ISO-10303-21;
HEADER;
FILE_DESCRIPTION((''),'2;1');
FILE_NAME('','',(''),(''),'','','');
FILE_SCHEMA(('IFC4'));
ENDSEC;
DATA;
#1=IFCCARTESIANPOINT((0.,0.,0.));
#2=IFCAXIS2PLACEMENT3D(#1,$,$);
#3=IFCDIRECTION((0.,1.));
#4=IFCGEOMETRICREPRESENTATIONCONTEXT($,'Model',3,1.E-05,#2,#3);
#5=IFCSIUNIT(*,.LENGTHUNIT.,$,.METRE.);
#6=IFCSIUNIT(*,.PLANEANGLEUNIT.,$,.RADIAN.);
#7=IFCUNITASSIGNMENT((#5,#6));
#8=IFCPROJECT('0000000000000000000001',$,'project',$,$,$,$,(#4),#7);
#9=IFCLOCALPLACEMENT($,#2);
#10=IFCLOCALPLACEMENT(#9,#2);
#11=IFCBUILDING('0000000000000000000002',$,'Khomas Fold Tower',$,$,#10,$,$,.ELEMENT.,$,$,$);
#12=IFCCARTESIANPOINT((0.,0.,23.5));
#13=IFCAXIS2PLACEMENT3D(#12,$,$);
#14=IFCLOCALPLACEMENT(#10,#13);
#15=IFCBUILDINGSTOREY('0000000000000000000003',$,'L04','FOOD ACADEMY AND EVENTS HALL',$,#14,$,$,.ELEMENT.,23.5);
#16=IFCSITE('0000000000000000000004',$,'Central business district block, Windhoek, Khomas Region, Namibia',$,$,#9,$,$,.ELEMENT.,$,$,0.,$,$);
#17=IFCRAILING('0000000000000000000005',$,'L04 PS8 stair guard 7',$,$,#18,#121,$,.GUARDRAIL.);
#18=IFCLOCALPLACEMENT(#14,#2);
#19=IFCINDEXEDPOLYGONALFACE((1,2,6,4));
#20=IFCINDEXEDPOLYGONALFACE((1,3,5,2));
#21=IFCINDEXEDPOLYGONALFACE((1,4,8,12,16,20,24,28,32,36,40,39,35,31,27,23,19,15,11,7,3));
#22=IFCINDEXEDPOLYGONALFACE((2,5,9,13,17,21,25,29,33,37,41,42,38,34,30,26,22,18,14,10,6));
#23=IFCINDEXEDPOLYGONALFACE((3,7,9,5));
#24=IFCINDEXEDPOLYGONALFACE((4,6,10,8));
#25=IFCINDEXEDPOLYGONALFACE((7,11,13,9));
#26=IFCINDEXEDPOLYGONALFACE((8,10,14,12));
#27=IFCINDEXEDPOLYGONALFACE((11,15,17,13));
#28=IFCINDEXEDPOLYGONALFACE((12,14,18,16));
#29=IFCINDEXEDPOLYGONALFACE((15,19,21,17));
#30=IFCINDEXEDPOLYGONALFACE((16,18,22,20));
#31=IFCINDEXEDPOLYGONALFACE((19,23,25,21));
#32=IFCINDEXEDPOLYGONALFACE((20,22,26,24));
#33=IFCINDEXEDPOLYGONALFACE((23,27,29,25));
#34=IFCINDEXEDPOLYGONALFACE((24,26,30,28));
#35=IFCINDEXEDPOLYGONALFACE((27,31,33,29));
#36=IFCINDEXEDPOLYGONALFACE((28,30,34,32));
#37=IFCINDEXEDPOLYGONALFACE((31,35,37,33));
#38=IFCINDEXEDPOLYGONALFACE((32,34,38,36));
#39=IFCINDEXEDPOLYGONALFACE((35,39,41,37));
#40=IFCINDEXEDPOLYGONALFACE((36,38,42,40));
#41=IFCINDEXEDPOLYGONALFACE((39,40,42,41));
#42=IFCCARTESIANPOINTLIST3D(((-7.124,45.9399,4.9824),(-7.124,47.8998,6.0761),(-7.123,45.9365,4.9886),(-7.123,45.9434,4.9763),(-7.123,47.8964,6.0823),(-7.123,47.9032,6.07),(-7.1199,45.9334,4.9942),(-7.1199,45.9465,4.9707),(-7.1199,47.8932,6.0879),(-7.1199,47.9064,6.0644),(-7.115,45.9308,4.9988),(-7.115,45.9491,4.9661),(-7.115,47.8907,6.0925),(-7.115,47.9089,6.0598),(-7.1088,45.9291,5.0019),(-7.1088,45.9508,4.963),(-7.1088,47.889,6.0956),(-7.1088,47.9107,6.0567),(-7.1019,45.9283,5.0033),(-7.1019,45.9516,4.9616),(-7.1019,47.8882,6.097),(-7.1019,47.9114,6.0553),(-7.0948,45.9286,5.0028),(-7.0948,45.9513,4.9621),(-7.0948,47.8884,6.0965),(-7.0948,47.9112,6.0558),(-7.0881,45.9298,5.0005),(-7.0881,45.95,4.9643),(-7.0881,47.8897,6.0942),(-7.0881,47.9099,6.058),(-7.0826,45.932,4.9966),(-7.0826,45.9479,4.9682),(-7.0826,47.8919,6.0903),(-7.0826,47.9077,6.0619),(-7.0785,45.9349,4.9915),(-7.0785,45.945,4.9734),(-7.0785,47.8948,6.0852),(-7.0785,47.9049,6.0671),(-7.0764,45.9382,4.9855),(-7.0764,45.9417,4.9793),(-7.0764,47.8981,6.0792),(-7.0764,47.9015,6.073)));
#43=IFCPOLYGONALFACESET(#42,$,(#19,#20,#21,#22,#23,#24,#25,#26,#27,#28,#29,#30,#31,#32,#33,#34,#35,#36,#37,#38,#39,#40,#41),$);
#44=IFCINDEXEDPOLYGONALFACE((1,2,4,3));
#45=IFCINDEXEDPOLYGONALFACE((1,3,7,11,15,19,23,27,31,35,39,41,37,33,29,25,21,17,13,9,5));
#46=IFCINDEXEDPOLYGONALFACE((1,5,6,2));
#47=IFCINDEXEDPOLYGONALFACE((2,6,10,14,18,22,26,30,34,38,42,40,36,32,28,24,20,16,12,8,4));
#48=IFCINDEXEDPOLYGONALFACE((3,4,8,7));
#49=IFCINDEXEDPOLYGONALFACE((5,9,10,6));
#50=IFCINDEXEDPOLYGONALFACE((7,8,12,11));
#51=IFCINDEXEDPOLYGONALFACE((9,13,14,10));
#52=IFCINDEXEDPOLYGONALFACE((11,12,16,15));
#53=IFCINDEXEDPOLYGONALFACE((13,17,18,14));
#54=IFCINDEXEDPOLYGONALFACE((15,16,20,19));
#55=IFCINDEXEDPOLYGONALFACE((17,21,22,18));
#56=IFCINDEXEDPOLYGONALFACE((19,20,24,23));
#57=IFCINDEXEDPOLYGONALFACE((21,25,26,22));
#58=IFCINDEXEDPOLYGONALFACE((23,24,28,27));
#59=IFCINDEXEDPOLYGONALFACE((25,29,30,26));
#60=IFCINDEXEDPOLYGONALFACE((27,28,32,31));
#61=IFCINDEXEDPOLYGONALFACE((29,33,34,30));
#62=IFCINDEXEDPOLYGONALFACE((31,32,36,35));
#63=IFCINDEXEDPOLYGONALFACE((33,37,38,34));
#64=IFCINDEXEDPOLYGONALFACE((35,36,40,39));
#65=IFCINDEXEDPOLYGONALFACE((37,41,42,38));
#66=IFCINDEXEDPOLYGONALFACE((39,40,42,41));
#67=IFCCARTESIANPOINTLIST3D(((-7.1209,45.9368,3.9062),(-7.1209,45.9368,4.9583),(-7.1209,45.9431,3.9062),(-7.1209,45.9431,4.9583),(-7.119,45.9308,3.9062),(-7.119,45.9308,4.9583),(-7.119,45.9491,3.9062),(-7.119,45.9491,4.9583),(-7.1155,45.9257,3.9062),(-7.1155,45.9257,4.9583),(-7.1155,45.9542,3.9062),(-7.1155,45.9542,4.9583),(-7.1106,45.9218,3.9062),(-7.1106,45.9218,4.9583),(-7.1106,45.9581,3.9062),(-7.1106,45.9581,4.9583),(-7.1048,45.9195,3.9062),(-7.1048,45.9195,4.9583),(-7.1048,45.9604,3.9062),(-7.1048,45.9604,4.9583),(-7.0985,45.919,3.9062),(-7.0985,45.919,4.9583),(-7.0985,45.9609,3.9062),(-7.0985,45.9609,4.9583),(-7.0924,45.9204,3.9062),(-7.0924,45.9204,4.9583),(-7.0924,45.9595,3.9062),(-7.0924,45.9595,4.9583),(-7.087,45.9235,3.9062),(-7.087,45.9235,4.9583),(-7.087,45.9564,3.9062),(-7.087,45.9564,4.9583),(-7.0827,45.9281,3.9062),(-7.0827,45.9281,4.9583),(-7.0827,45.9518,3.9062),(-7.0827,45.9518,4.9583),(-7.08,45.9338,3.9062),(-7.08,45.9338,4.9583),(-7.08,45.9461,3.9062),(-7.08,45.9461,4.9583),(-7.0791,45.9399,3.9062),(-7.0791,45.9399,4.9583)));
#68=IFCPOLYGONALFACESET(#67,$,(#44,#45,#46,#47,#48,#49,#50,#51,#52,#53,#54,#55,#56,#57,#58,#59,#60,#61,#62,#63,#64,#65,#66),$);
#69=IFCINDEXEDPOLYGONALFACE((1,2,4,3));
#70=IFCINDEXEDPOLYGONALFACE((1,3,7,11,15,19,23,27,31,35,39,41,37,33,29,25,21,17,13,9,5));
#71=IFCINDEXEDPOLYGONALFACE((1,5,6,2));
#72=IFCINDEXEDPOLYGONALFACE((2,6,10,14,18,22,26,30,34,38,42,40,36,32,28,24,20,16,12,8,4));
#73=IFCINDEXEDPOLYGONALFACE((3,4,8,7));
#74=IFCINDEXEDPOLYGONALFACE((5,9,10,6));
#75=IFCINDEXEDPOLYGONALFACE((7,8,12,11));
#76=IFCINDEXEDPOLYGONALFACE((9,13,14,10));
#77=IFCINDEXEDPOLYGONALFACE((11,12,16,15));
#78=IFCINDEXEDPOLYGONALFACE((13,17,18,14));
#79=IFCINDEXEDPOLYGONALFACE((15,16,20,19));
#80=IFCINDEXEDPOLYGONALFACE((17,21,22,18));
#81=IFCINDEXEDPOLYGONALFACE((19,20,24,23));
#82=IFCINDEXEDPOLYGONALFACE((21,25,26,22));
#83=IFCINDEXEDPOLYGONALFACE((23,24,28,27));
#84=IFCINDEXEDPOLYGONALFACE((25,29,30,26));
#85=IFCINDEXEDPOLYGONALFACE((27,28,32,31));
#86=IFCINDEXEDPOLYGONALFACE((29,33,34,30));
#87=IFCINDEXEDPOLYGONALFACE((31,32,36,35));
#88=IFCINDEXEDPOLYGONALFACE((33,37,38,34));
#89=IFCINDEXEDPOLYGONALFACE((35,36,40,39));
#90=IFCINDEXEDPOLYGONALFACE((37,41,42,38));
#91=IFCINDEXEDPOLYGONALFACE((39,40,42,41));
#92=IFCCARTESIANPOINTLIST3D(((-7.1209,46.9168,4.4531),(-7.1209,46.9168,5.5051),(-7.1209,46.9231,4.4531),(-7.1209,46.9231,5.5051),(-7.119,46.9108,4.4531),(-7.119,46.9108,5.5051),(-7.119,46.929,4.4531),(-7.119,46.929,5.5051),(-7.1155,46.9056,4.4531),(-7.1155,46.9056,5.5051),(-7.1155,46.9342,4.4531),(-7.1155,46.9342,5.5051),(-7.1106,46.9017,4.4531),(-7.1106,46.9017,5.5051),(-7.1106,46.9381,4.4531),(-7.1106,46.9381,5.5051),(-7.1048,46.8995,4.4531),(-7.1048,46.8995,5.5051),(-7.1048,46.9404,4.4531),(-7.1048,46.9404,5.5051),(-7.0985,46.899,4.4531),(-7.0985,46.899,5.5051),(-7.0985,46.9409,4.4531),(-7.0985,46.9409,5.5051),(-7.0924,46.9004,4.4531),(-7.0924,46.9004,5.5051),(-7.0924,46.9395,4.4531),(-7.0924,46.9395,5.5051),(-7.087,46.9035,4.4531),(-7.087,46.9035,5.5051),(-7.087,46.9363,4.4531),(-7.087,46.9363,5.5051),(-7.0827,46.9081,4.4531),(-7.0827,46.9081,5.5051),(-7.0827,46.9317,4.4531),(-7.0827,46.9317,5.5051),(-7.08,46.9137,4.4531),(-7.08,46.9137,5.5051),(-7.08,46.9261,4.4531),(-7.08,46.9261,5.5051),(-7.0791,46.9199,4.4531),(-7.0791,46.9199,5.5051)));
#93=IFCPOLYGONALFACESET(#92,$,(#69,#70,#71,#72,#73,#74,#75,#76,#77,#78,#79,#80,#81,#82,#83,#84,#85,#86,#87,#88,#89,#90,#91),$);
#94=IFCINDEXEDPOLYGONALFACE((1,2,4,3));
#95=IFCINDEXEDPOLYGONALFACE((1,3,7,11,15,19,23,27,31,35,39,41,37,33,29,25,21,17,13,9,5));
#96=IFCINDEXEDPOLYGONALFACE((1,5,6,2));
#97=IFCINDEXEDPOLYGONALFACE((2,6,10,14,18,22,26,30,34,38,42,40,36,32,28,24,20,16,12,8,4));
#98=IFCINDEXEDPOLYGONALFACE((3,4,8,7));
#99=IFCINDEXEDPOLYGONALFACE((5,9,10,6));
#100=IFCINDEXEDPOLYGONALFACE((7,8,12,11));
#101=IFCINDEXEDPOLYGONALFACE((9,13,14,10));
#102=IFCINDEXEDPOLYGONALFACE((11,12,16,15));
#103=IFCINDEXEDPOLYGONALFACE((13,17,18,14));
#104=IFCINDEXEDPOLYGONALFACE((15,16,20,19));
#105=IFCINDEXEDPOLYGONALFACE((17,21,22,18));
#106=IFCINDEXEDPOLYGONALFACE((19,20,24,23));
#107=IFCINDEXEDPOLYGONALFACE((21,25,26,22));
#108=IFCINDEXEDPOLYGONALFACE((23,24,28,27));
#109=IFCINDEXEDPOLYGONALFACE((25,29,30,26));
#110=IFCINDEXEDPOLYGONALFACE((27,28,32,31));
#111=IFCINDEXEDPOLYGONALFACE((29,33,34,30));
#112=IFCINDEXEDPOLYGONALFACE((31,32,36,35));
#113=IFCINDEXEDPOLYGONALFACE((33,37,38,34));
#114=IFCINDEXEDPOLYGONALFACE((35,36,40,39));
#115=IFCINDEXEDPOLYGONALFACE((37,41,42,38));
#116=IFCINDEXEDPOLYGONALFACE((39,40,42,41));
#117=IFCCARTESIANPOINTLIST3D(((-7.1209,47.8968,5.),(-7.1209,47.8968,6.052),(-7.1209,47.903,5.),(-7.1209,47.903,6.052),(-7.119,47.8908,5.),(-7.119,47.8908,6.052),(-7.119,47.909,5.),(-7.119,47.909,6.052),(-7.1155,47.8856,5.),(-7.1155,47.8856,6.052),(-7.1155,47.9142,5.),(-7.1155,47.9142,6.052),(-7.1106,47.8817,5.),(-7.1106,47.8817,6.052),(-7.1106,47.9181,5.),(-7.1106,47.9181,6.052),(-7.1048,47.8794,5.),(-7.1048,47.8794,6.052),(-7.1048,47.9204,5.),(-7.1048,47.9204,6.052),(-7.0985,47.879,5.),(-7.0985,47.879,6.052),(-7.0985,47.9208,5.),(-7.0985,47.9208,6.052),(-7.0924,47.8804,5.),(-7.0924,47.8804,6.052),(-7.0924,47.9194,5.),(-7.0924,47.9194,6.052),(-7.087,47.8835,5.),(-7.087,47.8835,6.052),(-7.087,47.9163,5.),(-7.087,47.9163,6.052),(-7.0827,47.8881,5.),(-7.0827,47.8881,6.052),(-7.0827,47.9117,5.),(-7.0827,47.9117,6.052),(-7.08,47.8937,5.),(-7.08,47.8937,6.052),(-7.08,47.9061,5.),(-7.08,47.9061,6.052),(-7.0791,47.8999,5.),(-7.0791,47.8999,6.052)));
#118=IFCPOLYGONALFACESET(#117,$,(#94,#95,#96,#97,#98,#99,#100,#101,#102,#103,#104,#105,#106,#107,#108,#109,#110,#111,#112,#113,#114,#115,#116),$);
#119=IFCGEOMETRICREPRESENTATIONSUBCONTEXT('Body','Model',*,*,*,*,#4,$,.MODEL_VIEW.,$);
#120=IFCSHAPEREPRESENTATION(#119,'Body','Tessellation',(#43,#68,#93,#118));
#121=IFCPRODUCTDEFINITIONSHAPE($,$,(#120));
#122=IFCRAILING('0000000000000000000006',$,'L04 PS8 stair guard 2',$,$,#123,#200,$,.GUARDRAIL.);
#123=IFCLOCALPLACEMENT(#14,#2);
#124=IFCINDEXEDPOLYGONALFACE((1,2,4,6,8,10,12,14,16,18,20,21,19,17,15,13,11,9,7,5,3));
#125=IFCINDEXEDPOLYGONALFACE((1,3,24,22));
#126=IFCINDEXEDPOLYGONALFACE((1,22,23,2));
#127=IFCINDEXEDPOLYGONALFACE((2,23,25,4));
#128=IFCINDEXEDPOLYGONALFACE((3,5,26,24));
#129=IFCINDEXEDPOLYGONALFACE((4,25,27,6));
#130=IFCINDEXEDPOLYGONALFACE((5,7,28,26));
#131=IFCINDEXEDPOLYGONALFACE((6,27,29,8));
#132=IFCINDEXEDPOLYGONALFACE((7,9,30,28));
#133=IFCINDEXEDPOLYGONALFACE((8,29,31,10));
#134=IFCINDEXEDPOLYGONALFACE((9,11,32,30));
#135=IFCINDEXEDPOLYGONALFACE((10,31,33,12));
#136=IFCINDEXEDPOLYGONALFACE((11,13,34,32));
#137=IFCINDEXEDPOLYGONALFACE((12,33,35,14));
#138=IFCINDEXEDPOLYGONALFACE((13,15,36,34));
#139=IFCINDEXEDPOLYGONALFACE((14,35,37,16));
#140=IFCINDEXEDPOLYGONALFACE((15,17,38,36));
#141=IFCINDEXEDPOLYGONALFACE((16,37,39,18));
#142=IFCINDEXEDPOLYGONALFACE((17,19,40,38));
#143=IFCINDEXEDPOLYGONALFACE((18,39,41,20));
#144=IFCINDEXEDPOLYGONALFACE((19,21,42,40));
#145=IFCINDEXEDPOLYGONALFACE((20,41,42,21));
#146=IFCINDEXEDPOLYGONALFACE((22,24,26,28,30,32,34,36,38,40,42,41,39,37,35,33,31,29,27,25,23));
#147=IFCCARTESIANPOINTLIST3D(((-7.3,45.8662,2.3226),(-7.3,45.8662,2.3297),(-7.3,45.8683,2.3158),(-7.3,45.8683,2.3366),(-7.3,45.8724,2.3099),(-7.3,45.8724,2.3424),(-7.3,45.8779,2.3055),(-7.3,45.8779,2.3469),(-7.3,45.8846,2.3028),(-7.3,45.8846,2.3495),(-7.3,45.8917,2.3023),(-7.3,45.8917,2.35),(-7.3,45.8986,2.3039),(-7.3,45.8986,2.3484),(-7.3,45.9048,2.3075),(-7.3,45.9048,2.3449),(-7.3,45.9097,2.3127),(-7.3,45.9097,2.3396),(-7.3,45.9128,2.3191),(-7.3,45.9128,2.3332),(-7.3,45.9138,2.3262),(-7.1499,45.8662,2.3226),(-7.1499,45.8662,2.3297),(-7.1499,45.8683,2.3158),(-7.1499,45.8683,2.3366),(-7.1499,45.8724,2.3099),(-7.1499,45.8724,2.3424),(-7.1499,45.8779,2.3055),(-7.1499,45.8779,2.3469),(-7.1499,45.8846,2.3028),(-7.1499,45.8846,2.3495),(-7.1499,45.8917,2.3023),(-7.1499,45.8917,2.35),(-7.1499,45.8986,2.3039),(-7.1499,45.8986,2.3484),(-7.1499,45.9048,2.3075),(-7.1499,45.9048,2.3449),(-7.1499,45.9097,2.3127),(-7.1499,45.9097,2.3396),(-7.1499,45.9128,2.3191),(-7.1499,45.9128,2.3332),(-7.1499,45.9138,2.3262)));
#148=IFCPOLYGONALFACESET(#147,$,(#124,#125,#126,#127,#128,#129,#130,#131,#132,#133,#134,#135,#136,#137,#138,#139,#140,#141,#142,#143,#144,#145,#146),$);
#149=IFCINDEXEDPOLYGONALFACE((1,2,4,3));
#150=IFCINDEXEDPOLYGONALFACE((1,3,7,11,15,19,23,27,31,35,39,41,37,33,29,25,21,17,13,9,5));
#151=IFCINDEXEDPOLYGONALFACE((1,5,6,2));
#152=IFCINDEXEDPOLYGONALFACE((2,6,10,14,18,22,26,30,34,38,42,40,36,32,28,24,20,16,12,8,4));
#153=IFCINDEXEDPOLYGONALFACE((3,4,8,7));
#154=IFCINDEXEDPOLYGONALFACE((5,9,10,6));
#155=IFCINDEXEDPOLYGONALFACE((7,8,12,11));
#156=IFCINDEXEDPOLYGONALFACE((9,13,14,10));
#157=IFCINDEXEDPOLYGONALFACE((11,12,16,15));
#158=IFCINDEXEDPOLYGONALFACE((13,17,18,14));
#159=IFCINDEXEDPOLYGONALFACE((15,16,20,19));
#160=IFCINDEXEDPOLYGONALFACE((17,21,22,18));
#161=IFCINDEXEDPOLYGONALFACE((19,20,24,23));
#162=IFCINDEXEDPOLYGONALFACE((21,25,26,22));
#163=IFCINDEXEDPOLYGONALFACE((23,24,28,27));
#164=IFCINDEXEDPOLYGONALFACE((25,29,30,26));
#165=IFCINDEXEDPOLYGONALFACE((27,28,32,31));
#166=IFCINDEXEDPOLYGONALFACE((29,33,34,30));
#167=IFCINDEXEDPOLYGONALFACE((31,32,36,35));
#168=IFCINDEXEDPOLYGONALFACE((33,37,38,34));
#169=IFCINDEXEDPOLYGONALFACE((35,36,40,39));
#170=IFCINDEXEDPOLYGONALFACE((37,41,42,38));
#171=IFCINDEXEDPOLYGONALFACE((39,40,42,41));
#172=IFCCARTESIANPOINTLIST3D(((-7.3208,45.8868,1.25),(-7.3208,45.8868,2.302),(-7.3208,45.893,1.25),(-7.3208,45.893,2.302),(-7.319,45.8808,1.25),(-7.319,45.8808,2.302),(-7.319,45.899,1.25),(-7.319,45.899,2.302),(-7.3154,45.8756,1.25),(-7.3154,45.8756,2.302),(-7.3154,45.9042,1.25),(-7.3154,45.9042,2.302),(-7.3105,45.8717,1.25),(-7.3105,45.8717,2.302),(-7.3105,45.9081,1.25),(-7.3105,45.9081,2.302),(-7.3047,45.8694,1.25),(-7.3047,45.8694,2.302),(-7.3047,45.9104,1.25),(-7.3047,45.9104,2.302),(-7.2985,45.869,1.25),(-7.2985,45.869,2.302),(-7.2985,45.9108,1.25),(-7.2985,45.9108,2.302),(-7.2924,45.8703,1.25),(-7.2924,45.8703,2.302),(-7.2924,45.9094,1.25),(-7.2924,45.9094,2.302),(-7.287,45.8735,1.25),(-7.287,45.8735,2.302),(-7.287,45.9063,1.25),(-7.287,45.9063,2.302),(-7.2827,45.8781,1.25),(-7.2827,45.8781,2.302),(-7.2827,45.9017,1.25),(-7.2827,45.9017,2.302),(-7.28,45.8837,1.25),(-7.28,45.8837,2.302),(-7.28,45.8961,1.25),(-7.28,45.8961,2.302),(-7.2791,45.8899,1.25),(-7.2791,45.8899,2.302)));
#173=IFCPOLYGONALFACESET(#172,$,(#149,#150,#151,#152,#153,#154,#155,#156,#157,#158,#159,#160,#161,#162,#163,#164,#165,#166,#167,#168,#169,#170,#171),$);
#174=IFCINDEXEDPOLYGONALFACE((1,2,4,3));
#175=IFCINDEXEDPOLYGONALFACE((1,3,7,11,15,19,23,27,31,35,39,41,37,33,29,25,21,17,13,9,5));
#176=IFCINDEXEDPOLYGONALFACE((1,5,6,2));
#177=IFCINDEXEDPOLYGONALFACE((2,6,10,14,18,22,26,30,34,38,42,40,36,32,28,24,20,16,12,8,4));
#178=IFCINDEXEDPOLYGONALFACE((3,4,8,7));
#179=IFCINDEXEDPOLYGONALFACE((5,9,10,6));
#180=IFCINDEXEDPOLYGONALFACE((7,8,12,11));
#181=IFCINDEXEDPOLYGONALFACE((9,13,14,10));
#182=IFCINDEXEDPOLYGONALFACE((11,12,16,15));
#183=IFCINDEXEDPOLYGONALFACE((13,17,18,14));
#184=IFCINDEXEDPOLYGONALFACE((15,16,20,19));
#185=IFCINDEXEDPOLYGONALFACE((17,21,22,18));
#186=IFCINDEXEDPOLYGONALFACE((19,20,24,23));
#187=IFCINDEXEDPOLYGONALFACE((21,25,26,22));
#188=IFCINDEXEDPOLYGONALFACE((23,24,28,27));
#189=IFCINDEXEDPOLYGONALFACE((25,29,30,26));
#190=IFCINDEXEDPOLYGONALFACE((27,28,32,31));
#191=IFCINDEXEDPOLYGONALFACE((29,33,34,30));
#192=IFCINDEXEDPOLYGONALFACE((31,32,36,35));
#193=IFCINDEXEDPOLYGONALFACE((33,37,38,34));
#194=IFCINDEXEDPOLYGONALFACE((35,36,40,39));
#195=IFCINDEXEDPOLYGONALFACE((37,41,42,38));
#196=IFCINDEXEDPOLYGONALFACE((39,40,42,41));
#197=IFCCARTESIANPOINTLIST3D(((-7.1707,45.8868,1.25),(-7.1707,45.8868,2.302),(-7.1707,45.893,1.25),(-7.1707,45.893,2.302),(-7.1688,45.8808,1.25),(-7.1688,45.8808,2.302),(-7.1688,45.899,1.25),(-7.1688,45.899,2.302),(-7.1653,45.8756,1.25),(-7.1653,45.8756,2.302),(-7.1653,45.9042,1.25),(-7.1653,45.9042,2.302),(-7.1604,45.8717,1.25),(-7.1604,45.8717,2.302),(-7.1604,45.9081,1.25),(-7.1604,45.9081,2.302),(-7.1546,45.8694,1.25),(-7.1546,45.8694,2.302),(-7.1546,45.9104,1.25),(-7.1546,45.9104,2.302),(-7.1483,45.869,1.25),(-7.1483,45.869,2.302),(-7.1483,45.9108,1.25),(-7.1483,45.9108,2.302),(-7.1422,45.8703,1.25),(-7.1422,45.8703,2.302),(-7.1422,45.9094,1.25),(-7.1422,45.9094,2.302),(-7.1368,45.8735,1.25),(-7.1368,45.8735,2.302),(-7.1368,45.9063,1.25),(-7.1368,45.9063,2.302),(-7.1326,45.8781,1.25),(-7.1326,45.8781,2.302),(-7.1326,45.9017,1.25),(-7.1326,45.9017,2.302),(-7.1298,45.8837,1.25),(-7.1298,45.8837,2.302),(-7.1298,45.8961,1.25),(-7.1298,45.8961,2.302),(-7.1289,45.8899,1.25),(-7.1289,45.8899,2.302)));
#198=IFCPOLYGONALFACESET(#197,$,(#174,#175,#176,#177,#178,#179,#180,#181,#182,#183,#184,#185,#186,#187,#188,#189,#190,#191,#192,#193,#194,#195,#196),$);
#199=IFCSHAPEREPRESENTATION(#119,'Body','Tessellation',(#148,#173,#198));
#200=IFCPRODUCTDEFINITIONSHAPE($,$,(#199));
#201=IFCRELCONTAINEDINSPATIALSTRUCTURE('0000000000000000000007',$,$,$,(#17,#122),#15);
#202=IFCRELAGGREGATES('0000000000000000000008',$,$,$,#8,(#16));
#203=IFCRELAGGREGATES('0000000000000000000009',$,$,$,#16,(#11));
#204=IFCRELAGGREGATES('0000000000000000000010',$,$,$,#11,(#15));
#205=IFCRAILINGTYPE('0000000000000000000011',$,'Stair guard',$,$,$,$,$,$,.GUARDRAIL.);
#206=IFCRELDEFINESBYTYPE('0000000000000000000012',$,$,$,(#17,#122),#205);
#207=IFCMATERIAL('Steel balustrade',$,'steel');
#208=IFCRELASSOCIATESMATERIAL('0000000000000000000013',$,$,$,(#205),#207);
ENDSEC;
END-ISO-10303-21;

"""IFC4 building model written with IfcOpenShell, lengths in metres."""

from ifc_helpers import new_model, si_unit, direction, frame, origin, origin_2d, place, context, subcontext, project, spatial, circle, extrude, source, transform, mapped, material, type_object, element, save


model = new_model("IFC4")

# Units and contexts
model_context = context("Model", 3, precision=1e-05, world=origin(), true_north=direction((0.0, 1.0)))
body_context = subcontext(model_context, "Body", "Model", "MODEL_VIEW")
ifc_project = project(units=[si_unit("LENGTHUNIT", "METRE"), si_unit("PLANEANGLEUNIT", "RADIAN")], contexts=[model_context])

# Site, building, storey
site_placement = place(None, origin())
site = spatial("IfcSite", under=ifc_project, at=site_placement, Name="Central business district block, Windhoek, Khomas Region, Namibia", CompositionType="ELEMENT", RefElevation=0.0)
building_placement = place(site_placement, origin())
building = spatial("IfcBuilding", under=site, at=building_placement, Name="Khomas Fold Tower", CompositionType="ELEMENT")
storey_placement = place(building_placement, frame((0.0, 0.0, 23.5)))
storey = spatial("IfcBuildingStorey", under=building, at=storey_placement, Name="L04", Description="FOOD ACADEMY AND EVENTS HALL", CompositionType="ELEMENT", Elevation=23.5)

# Railings
ifc_material_1 = material(Name="Steel balustrade", Category="steel")
railing_type = type_object("IfcRailingType", Name="Stair guard", PredefinedType="GUARDRAIL", material=ifc_material_1)
shared_shape_1 = source(origin(), body_context, "Body", "SweptSolid", [
    extrude(circle(Radius=0.0239, at=origin_2d()), frame((0.0, 0.0, 1.0762), z_axis=(0.0, 0.873232, 0.487304), x_axis=(-1.0, 0.0, 0.0)), (0.0, 0.0, 1.0), 2.2444),
    extrude(circle(Radius=0.021, at=origin_2d()), origin(), (0.0, 0.0, 1.0), 1.052),
    extrude(circle(Radius=0.021, at=origin_2d()), frame((0.0, 0.98, 0.5469)), (0.0, 0.0, 1.0), 1.052),
    extrude(circle(Radius=0.021, at=origin_2d()), frame((0.0, 1.96, 1.0938)), (0.0, 0.0, 1.0), 1.052),
])
for number, where, name in (
    (1, (-7.1001, 45.9399, 3.9062), "L04 PS8 stair guard 7"),
):
    element("IfcRailing", number, at=place(storey_placement, frame(where)), inside=storey, type_object=railing_type, Name=name, PredefinedType="GUARDRAIL", context=body_context, shape_type="MappedRepresentation", body=[
        mapped(shared_shape_1, transform((0.0, 0.0, 0.0))),
    ])
shared_shape_2 = source(origin(), body_context, "Body", "SweptSolid", [
    extrude(circle(Radius=0.0239, at=origin_2d()), frame((0.0, 0.0, 1.0762), z_axis=(1.0, 0.0, 0.0), x_axis=(0.0, 1.0, 0.0)), (0.0, 0.0, 1.0), 0.1501),
    extrude(circle(Radius=0.021, at=origin_2d()), origin(), (0.0, 0.0, 1.0), 1.052),
    extrude(circle(Radius=0.021, at=origin_2d()), frame((0.1501, 0.0, 0.0)), (0.0, 0.0, 1.0), 1.052),
])
for number, where, name in (
    (2, (-7.3, 45.8899, 1.25), "L04 PS8 stair guard 2"),
):
    element("IfcRailing", number, at=place(storey_placement, frame(where)), inside=storey, type_object=railing_type, Name=name, PredefinedType="GUARDRAIL", context=body_context, shape_type="MappedRepresentation", body=[
        mapped(shared_shape_2, transform((0.0, 0.0, 0.0))),
    ])

save(model, "model.ifc")
